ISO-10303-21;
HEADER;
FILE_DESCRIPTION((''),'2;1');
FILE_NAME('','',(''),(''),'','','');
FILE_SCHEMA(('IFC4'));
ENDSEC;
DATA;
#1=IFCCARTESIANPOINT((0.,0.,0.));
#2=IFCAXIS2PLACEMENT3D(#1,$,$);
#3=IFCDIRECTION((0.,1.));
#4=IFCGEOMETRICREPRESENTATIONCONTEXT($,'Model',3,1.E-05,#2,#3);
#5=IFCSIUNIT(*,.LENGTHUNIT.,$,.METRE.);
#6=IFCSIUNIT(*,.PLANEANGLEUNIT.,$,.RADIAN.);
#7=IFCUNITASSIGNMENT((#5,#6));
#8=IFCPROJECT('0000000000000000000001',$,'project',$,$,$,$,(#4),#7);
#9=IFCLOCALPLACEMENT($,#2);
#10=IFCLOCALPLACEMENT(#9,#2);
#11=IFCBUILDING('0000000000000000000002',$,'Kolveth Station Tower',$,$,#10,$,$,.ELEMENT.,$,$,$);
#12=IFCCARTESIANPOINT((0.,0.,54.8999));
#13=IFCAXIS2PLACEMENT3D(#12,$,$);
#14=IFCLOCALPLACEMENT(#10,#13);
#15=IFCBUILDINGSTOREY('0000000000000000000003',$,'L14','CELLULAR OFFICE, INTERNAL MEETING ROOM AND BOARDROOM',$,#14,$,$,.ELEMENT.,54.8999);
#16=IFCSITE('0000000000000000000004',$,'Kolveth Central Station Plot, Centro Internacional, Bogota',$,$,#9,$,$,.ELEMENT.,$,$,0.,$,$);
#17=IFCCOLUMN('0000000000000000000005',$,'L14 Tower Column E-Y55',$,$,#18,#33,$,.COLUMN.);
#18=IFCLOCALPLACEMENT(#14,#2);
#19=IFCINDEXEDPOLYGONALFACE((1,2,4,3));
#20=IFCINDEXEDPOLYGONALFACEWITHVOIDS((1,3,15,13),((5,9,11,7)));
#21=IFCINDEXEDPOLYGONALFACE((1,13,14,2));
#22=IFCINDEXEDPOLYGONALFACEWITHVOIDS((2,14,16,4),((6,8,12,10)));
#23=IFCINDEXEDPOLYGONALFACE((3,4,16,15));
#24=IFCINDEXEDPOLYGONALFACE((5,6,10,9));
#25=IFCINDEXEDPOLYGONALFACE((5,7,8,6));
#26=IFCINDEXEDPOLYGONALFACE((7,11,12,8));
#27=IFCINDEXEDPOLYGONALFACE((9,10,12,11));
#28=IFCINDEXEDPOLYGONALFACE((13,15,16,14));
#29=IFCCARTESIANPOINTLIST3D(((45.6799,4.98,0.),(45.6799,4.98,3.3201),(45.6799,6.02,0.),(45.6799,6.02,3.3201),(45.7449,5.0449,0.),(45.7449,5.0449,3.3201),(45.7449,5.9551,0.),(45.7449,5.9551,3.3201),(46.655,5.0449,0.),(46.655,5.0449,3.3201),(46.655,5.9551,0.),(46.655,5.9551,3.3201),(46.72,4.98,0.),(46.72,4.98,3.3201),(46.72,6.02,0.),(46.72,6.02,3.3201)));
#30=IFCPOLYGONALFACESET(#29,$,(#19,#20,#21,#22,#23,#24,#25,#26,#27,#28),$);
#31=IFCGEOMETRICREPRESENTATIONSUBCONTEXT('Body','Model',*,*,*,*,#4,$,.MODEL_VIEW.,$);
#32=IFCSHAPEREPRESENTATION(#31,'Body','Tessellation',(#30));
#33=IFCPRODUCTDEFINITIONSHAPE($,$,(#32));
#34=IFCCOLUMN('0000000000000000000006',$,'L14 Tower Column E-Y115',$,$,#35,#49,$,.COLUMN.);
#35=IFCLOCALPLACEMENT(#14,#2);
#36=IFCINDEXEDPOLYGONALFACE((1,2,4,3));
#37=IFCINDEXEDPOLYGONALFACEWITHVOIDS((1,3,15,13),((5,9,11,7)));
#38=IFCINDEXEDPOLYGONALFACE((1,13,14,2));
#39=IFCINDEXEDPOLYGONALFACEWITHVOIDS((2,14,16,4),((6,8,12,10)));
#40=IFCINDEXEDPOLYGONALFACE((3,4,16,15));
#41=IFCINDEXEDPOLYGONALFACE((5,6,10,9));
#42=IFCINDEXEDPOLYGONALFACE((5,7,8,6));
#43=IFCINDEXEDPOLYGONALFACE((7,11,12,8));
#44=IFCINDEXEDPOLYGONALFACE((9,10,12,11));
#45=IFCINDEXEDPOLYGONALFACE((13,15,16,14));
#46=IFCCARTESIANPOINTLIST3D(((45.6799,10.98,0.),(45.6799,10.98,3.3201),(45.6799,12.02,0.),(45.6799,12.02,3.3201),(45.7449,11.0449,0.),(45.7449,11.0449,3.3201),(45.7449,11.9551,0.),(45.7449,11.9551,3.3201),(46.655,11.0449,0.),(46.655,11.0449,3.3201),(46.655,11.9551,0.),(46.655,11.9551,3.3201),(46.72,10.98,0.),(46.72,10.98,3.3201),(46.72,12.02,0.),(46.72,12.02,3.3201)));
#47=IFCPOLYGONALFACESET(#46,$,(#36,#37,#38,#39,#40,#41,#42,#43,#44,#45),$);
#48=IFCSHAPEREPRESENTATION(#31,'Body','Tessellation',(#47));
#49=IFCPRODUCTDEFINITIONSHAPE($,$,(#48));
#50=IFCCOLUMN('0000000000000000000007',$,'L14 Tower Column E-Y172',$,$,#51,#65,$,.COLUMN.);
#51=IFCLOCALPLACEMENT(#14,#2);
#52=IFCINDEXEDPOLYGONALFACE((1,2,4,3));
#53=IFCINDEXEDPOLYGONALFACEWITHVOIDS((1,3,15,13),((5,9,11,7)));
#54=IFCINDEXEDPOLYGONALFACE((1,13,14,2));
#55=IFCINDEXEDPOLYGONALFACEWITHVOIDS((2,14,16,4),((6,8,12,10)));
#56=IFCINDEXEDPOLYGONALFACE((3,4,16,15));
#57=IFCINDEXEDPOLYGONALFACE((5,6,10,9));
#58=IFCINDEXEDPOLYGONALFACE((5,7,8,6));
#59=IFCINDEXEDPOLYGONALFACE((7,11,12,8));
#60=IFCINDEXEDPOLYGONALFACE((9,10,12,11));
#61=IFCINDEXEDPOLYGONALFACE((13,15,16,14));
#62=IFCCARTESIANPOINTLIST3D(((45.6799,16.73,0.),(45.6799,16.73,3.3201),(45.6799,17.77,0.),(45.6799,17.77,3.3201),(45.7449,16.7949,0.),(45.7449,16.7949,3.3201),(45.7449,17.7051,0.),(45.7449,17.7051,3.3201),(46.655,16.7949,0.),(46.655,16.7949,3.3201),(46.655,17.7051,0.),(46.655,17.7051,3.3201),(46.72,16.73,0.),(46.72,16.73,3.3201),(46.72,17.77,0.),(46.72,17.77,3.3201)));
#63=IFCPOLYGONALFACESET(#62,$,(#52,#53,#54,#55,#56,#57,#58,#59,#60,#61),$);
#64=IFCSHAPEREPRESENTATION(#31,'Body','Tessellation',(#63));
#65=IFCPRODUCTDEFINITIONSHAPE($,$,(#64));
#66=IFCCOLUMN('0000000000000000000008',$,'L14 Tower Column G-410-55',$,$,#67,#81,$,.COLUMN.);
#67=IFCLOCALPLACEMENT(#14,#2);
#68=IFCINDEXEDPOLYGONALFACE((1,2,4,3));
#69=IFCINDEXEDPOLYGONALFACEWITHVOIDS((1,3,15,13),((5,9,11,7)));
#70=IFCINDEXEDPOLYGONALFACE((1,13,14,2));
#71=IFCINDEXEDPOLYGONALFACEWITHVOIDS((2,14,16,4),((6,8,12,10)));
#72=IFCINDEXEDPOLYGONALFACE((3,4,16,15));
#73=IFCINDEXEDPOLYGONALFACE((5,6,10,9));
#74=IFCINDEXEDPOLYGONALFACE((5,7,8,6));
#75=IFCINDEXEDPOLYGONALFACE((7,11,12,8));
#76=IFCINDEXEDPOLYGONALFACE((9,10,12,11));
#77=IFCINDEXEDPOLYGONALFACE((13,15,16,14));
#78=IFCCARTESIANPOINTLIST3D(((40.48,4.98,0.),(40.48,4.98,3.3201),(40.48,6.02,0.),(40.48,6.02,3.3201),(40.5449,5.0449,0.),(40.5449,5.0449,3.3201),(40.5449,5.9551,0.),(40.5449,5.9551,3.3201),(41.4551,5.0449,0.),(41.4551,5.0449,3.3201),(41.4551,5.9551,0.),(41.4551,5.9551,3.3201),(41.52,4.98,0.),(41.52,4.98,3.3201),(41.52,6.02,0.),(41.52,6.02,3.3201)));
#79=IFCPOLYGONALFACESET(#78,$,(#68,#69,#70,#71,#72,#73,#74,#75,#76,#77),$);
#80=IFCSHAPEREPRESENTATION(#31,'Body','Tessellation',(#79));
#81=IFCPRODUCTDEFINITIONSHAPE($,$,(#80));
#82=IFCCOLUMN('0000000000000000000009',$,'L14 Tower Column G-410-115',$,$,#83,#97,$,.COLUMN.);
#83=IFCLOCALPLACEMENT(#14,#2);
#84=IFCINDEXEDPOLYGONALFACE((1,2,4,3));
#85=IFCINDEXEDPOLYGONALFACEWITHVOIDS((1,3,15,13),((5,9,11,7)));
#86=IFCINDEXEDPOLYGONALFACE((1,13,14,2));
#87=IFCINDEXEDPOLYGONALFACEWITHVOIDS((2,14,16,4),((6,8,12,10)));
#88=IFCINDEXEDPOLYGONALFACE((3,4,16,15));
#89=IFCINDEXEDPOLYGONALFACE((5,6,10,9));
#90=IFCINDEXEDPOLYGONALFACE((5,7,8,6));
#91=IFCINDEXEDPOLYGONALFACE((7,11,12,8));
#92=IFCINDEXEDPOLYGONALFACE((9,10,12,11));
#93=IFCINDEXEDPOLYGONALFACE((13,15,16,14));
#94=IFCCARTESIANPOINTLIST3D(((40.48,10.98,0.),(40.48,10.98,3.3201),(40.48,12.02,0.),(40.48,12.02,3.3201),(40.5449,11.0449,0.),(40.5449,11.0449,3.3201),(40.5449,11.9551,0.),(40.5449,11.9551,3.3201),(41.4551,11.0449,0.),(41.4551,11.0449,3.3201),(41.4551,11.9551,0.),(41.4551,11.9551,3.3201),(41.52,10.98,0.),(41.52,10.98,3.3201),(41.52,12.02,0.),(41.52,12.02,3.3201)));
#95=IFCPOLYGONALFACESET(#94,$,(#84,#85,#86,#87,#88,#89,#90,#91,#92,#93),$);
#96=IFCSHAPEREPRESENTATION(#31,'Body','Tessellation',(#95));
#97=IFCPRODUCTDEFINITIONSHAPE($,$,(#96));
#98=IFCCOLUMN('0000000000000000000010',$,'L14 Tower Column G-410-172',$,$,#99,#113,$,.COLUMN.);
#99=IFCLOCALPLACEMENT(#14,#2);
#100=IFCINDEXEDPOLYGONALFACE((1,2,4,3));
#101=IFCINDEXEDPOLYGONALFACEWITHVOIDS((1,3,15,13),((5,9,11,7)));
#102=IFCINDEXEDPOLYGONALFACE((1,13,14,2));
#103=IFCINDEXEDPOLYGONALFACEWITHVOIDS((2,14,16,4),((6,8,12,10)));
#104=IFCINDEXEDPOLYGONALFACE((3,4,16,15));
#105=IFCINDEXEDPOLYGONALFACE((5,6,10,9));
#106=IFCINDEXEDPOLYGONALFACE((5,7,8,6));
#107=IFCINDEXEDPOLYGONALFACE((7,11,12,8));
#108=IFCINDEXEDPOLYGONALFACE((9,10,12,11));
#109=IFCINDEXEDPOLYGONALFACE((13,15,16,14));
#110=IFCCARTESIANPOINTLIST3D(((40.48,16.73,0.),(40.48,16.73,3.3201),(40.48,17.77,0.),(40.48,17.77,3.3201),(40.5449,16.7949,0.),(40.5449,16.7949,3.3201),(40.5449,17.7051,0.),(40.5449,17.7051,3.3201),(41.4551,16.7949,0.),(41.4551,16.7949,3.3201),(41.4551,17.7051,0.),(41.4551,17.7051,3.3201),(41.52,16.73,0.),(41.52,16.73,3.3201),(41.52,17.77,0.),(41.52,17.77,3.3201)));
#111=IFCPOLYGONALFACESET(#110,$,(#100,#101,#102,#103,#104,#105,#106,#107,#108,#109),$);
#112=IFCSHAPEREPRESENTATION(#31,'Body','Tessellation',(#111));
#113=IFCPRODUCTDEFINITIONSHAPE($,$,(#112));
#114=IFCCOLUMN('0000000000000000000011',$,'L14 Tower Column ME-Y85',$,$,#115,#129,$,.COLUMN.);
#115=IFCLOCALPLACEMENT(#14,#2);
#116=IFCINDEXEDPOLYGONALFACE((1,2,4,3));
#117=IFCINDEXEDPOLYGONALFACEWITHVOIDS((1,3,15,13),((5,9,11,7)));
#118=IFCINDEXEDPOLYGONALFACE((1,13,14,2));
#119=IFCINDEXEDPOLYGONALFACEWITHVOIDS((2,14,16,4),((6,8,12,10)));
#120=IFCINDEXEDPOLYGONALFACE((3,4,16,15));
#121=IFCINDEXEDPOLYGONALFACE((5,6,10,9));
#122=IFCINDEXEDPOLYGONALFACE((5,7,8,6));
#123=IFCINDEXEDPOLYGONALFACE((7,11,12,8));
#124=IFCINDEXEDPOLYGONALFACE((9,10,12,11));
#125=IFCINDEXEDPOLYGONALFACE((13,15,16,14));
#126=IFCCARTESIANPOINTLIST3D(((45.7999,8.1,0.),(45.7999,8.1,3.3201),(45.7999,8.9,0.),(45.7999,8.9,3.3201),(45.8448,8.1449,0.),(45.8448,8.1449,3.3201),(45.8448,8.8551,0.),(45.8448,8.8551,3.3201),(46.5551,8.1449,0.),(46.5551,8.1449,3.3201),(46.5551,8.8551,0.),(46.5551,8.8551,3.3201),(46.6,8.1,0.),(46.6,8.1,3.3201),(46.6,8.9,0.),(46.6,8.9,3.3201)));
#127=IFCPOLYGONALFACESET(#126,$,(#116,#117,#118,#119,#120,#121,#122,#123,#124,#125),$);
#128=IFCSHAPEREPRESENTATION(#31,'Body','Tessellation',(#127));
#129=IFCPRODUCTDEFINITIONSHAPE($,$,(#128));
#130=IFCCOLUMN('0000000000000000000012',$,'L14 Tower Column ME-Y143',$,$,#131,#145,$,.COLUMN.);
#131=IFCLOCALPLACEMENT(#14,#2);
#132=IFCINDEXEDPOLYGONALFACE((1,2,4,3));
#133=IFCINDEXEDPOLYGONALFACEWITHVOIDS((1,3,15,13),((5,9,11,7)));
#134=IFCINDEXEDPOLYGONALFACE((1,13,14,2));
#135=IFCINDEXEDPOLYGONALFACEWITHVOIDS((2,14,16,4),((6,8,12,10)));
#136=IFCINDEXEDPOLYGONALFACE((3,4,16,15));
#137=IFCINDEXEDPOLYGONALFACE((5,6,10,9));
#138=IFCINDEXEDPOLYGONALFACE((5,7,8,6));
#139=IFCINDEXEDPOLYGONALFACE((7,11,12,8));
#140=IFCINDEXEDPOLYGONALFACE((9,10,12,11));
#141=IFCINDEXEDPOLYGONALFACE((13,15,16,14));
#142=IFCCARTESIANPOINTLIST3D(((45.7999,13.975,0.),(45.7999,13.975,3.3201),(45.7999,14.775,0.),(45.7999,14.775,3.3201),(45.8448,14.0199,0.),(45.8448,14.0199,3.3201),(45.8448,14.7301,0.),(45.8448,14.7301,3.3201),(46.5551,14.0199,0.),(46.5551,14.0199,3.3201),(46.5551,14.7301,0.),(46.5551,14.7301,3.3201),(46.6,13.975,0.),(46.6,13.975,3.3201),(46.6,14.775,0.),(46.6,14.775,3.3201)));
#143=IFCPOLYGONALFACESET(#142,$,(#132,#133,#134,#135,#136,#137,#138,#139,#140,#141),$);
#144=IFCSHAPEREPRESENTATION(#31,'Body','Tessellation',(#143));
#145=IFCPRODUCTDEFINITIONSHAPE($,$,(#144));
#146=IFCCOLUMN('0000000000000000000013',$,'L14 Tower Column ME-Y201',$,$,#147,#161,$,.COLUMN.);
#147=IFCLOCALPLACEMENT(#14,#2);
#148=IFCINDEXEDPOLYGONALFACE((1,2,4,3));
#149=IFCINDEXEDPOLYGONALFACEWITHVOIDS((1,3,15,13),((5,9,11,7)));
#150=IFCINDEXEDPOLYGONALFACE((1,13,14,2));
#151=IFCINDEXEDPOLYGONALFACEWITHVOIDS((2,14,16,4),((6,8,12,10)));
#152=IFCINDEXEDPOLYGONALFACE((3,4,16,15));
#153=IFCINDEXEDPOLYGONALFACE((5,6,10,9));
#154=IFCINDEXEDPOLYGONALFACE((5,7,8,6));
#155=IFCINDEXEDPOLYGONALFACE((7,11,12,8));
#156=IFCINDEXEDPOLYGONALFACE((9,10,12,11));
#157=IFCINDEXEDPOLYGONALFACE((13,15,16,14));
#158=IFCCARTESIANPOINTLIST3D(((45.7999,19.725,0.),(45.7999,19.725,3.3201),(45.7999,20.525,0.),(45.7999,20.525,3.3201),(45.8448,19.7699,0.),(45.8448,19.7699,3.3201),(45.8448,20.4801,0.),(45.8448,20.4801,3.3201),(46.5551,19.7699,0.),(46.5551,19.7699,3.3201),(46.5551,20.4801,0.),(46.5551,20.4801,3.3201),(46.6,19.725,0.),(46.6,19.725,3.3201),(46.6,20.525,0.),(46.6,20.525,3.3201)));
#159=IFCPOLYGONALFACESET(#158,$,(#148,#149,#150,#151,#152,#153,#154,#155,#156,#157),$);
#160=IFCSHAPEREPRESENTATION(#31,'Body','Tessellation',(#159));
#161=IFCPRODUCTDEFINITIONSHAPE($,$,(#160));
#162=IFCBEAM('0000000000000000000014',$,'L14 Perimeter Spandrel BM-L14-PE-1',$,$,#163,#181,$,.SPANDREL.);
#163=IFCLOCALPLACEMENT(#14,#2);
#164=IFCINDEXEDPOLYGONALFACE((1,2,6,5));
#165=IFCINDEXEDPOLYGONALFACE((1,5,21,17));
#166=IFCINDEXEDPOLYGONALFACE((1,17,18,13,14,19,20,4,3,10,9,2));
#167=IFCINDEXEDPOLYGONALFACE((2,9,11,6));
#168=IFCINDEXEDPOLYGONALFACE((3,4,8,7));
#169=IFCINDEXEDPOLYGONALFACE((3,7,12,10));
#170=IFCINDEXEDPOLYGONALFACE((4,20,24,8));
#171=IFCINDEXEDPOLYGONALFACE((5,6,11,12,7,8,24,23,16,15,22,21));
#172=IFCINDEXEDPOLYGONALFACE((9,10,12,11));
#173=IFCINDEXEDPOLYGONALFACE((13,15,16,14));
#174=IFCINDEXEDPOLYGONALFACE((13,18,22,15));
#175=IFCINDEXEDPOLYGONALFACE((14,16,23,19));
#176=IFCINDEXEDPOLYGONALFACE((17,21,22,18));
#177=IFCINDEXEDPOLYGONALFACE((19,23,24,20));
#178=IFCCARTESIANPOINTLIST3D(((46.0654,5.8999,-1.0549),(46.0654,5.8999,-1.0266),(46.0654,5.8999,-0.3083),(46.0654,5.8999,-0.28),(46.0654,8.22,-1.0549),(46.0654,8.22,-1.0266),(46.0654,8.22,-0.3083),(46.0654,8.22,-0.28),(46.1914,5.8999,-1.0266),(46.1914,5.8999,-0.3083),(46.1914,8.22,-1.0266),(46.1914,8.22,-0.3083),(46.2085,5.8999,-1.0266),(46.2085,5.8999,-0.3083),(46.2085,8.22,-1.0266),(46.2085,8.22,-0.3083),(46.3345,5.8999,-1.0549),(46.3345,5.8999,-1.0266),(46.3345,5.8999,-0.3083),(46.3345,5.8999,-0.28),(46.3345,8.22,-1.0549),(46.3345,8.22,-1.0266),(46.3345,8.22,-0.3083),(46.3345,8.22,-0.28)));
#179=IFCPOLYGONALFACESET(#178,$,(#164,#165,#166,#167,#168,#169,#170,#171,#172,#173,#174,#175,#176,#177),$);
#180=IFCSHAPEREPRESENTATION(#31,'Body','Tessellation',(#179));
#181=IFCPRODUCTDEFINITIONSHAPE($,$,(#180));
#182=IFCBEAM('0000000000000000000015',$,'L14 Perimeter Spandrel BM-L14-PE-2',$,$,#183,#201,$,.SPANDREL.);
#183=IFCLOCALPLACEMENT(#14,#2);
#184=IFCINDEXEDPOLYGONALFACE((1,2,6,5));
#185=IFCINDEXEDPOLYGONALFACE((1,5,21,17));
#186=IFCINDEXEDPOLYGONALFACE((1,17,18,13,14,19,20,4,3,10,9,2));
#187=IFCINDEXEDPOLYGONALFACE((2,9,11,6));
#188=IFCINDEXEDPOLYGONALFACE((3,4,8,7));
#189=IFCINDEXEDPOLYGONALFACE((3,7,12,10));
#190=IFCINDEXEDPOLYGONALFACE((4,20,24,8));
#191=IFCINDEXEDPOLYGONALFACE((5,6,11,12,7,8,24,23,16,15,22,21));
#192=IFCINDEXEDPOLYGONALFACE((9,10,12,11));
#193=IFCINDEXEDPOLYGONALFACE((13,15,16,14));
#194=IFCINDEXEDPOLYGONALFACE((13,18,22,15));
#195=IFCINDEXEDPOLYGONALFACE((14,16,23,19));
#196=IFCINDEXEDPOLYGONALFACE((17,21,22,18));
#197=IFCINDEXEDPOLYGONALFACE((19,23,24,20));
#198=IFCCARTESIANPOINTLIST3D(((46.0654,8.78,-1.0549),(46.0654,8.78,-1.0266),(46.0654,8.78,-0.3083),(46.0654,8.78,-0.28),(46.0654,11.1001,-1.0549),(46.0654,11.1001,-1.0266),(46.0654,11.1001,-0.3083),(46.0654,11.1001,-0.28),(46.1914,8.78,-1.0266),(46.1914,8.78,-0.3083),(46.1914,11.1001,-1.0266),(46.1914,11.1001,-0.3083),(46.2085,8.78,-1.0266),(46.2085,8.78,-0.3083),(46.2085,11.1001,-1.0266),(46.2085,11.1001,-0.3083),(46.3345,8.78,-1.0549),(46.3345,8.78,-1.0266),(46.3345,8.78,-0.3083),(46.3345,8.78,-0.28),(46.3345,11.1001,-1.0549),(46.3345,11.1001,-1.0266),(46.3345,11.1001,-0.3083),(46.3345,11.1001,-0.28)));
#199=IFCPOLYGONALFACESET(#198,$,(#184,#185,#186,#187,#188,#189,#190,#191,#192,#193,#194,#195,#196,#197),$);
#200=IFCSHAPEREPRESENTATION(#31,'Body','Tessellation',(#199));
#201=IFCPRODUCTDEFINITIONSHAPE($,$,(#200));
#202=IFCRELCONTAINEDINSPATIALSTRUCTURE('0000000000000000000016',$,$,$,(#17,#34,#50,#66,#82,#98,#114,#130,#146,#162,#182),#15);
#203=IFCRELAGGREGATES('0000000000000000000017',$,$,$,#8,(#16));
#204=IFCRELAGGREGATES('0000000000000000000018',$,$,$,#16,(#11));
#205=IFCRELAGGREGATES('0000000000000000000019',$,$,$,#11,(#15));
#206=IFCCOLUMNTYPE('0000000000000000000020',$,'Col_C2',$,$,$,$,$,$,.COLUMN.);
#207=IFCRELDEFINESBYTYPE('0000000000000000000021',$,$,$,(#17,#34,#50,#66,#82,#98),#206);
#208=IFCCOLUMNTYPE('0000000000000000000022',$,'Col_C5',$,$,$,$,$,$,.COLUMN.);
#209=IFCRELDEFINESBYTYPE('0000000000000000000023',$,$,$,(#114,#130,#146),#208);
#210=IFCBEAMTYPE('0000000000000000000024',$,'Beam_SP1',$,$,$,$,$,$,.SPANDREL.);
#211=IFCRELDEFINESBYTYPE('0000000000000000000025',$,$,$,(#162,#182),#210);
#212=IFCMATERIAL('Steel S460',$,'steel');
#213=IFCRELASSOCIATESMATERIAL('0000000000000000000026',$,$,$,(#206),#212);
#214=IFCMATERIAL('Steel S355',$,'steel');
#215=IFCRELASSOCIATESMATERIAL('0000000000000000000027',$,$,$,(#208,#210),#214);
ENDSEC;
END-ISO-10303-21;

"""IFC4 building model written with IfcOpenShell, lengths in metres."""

from ifc_helpers import new_model, si_unit, direction, frame, origin, origin_2d, place, context, subcontext, project, spatial, hollow_rectangle, i_section, extrude, source, transform, mapped, material, material_profile, profile_set, type_object, element, save


model = new_model("IFC4")

# Units and contexts
model_context = context("Model", 3, precision=1e-05, world=origin(), true_north=direction((0.0, 1.0)))
body_context = subcontext(model_context, "Body", "Model", "MODEL_VIEW")
ifc_project = project(units=[si_unit("LENGTHUNIT", "METRE"), si_unit("PLANEANGLEUNIT", "RADIAN")], contexts=[model_context])

# Site, building, storey
site_placement = place(None, origin())
site = spatial("IfcSite", under=ifc_project, at=site_placement, Name="Kolveth Central Station Plot, Centro Internacional, Bogota", CompositionType="ELEMENT", RefElevation=0.0)
building_placement = place(site_placement, origin())
building = spatial("IfcBuilding", under=site, at=building_placement, Name="Kolveth Station Tower", CompositionType="ELEMENT")
storey_placement = place(building_placement, frame((0.0, 0.0, 54.8999)))
storey = spatial("IfcBuildingStorey", under=building, at=storey_placement, Name="L14", Description="CELLULAR OFFICE, INTERNAL MEETING ROOM AND BOARDROOM", CompositionType="ELEMENT", Elevation=54.8999)

# Columns
ifc_material_1 = material(Name="Steel S460", Category="steel")
ifc_material_profile_1 = material_profile(ifc_material_1, hollow_rectangle(XDim=1.04, YDim=1.04, WallThickness=0.0649, at=origin_2d()), Name="BOX1040x1040x65")
ifc_profile_set_1 = profile_set([ifc_material_profile_1], Name="Steel S460")
column_type_1 = type_object("IfcColumnType", Name="Col_C2", PredefinedType="COLUMN", material=ifc_profile_set_1)
shared_shape_1 = source(origin(), body_context, "Body", "SweptSolid", [
    extrude(hollow_rectangle(XDim=1.04, YDim=1.04, WallThickness=0.0649, at=origin_2d()), origin(), (0.0, 0.0, 1.0), 3.3201),
])
for number, where, z_axis, x_axis, name in (
    (1, (46.2, 5.5, 0.0), (0.0, 0.0, 1.0), (1.0, 0.0, 0.0), "L14 Tower Column E-Y55"),
    (2, (46.2, 11.5, 0.0), (0.0, 0.0, 1.0), (1.0, 0.0, 0.0), "L14 Tower Column E-Y115"),
    (3, (46.2, 17.25, 0.0), (0.0, 0.0, 1.0), (1.0, 0.0, 0.0), "L14 Tower Column E-Y172"),
    (4, (41.0, 5.5, 0.0), (0.0, 0.0, 1.0), (1.0, 0.0, 0.0), "L14 Tower Column G-410-55"),
    (5, (41.0, 11.5, 0.0), (0.0, 0.0, 1.0), (1.0, 0.0, 0.0), "L14 Tower Column G-410-115"),
    (6, (41.0, 17.25, 0.0), (0.0, 0.0, 1.0), (1.0, 0.0, 0.0), "L14 Tower Column G-410-172"),
):
    element("IfcColumn", number, at=place(storey_placement, frame(where, z_axis=z_axis, x_axis=x_axis)), inside=storey, type_object=column_type_1, Name=name, PredefinedType="COLUMN", context=body_context, shape_type="MappedRepresentation", body=[
        mapped(shared_shape_1, transform((0.0, 0.0, 0.0), x_axis=(1.0, 0.0, 0.0), y_axis=(0.0, 1.0, 0.0), z_axis=(0.0, 0.0, 1.0), scale=1.0)),
    ])
ifc_material_2 = material(Name="Steel S355", Category="steel")
ifc_material_profile_2 = material_profile(ifc_material_2, hollow_rectangle(XDim=0.8, YDim=0.8, WallThickness=0.0449, at=origin_2d()), Name="BOX800x800x45")
ifc_profile_set_2 = profile_set([ifc_material_profile_2], Name="Steel S355")
column_type_2 = type_object("IfcColumnType", Name="Col_C5", PredefinedType="COLUMN", material=ifc_profile_set_2)
shared_shape_2 = source(origin(), body_context, "Body", "SweptSolid", [
    extrude(hollow_rectangle(XDim=0.8, YDim=0.8, WallThickness=0.0449, at=origin_2d()), origin(), (0.0, 0.0, 1.0), 3.3201),
])
for number, where, z_axis, x_axis, name in (
    (7, (46.2, 8.5, 0.0), (0.0, 0.0, 1.0), (1.0, 0.0, 0.0), "L14 Tower Column ME-Y85"),
    (8, (46.2, 14.375, 0.0), (0.0, 0.0, 1.0), (1.0, 0.0, 0.0), "L14 Tower Column ME-Y143"),
    (9, (46.2, 20.125, 0.0), (0.0, 0.0, 1.0), (1.0, 0.0, 0.0), "L14 Tower Column ME-Y201"),
):
    element("IfcColumn", number, at=place(storey_placement, frame(where, z_axis=z_axis, x_axis=x_axis)), inside=storey, type_object=column_type_2, Name=name, PredefinedType="COLUMN", context=body_context, shape_type="MappedRepresentation", body=[
        mapped(shared_shape_2, transform((0.0, 0.0, 0.0), x_axis=(1.0, 0.0, 0.0), y_axis=(0.0, 1.0, 0.0), z_axis=(0.0, 0.0, 1.0), scale=1.0)),
    ])

# Beams
ifc_material_profile_3 = material_profile(ifc_material_2, i_section(OverallWidth=0.269, OverallDepth=0.7749, WebThickness=0.0171, FlangeThickness=0.0283, at=origin_2d()), Name="W760x220")
ifc_profile_set_3 = profile_set([ifc_material_profile_3], Name="Steel S355")
beam_type_1 = type_object("IfcBeamType", Name="Beam_SP1", PredefinedType="SPANDREL", material=ifc_profile_set_3)
shared_shape_3 = source(origin(), body_context, "Body", "SweptSolid", [
    extrude(i_section(OverallWidth=0.269, OverallDepth=0.7749, WebThickness=0.0171, FlangeThickness=0.0283, at=origin_2d()), origin(), (0.0, 0.0, 1.0), 2.3201),
])
for number, where, z_axis, x_axis, name in (
    (10, (46.2, 5.8999, -0.6675), (0.0, 1.0, 0.0), (-1.0, 0.0, 0.0), "L14 Perimeter Spandrel BM-L14-PE-1"),
    (11, (46.2, 8.78, -0.6675), (0.0, 1.0, 0.0), (-1.0, 0.0, 0.0), "L14 Perimeter Spandrel BM-L14-PE-2"),
):
    element("IfcBeam", number, at=place(storey_placement, frame(where, z_axis=z_axis, x_axis=x_axis)), inside=storey, type_object=beam_type_1, Name=name, PredefinedType="SPANDREL", context=body_context, shape_type="MappedRepresentation", body=[
        mapped(shared_shape_3, transform((0.0, 0.0, 0.0), x_axis=(1.0, 0.0, 0.0), y_axis=(0.0, 1.0, 0.0), z_axis=(0.0, 0.0, 1.0), scale=1.0)),
    ])

save(model, "model.ifc")
